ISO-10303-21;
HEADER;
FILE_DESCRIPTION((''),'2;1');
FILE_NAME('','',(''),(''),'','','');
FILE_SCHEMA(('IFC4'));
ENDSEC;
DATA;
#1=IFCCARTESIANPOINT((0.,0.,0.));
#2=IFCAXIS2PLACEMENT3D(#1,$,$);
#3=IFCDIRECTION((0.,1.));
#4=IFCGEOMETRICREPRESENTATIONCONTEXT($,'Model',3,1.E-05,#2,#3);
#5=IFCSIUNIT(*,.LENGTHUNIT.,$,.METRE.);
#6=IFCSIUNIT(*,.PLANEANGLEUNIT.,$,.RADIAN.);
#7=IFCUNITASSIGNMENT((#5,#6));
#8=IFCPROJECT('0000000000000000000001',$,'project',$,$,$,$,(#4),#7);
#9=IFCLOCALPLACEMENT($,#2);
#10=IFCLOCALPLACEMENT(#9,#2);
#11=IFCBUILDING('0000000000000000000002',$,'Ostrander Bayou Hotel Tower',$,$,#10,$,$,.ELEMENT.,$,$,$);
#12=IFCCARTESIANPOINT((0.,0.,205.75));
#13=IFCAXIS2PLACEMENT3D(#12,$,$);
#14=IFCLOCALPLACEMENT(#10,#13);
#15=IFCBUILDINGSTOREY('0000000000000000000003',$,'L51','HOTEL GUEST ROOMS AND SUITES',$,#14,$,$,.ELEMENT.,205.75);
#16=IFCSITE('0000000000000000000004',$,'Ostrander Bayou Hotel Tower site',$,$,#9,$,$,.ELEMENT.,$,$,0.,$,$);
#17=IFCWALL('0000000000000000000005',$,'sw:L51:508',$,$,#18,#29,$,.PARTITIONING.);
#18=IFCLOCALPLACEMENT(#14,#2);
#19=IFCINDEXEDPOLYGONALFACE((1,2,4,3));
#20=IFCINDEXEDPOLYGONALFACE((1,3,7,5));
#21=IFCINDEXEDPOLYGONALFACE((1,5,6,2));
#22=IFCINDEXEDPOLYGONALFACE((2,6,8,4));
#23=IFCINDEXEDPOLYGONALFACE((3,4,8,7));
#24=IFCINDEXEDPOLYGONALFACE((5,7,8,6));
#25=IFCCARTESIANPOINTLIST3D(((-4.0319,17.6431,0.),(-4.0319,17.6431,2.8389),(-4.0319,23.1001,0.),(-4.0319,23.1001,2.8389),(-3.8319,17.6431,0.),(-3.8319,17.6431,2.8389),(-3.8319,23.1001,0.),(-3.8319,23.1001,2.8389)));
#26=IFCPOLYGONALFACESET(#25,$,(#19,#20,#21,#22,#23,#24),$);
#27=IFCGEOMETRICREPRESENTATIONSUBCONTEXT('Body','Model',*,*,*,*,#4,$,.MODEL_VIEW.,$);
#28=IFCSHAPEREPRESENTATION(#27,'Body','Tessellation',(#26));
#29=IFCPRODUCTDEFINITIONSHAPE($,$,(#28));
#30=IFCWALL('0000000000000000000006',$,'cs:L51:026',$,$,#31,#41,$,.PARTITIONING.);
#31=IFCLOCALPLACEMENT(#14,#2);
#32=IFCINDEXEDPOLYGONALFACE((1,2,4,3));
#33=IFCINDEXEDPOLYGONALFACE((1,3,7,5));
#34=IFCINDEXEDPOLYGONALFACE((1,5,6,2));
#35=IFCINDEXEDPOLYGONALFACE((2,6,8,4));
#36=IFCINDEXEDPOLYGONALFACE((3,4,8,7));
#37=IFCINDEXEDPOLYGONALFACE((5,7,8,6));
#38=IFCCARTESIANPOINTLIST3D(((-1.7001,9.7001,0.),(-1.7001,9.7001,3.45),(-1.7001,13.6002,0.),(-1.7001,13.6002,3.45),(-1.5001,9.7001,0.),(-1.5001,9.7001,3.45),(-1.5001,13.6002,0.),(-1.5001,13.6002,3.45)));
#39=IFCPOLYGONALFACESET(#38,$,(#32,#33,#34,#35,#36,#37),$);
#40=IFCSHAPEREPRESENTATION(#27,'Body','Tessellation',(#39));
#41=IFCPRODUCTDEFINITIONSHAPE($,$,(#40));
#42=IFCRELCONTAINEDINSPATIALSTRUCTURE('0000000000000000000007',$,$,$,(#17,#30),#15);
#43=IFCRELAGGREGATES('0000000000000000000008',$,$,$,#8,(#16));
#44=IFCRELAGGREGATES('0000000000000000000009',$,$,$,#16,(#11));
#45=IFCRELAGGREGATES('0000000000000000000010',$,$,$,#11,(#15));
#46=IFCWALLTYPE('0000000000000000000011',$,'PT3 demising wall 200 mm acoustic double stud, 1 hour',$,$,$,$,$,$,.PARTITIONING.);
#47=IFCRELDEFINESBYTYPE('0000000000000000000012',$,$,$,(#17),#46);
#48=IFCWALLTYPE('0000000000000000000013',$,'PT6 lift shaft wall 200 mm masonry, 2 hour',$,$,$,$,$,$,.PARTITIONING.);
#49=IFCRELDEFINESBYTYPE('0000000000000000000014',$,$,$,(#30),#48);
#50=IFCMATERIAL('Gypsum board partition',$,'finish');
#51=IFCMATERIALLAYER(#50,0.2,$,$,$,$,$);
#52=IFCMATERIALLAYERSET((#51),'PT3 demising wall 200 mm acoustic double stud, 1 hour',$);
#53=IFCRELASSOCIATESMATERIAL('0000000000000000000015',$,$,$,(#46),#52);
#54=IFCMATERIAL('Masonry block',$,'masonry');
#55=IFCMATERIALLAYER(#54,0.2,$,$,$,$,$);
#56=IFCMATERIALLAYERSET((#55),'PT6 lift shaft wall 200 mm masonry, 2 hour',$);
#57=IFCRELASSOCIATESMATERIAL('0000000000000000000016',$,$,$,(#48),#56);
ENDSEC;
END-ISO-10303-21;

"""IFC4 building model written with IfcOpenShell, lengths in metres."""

from ifc_helpers import new_model, si_unit, direction, frame, frame_2d, origin, place, context, subcontext, project, spatial, rectangle, extrude, material, layer, layer_set, type_object, element, save


model = new_model("IFC4")

# Units and contexts
model_context = context("Model", 3, precision=1e-05, world=origin(), true_north=direction((0.0, 1.0)))
body_context = subcontext(model_context, "Body", "Model", "MODEL_VIEW")
ifc_project = project(units=[si_unit("LENGTHUNIT", "METRE"), si_unit("PLANEANGLEUNIT", "RADIAN")], contexts=[model_context])

# Site, building, storey
site_placement = place(None, origin())
site = spatial("IfcSite", under=ifc_project, at=site_placement, Name="Ostrander Bayou Hotel Tower site", CompositionType="ELEMENT", RefElevation=0.0)
building_placement = place(site_placement, origin())
building = spatial("IfcBuilding", under=site, at=building_placement, Name="Ostrander Bayou Hotel Tower", CompositionType="ELEMENT")
storey_placement = place(building_placement, frame((0.0, 0.0, 205.75)))
storey = spatial("IfcBuildingStorey", under=building, at=storey_placement, Name="L51", Description="HOTEL GUEST ROOMS AND SUITES", CompositionType="ELEMENT", Elevation=205.75)

# Wall
ifc_material_1 = material(Name="Gypsum board partition", Category="finish")
ifc_layer_1 = layer(ifc_material_1, 0.2)
ifc_layer_set_1 = layer_set([ifc_layer_1], Name="PT3 demising wall 200 mm acoustic double stud, 1 hour")
wall_type_1 = type_object("IfcWallType", Name="PT3 demising wall 200 mm acoustic double stud, 1 hour", PredefinedType="PARTITIONING", material=ifc_layer_set_1)
wall_1_placement = place(storey_placement, frame((-3.9319, 17.6431, 0.0), z_axis=(0.0, 0.0, 1.0), x_axis=(0.0, 1.0, 0.0)))
element("IfcWall", 1, at=wall_1_placement, inside=storey, type_object=wall_type_1, Name="sw:L51:508", PredefinedType="PARTITIONING", context=body_context, shape_type="SweptSolid", body=[
    extrude(rectangle(XDim=5.457, YDim=0.2, at=frame_2d((2.7285, 0.0))), origin(), (0.0, 0.0, 1.0), 2.8389),
])

# Wall
ifc_material_2 = material(Name="Masonry block", Category="masonry")
ifc_layer_2 = layer(ifc_material_2, 0.2)
ifc_layer_set_2 = layer_set([ifc_layer_2], Name="PT6 lift shaft wall 200 mm masonry, 2 hour")
wall_type_2 = type_object("IfcWallType", Name="PT6 lift shaft wall 200 mm masonry, 2 hour", PredefinedType="PARTITIONING", material=ifc_layer_set_2)
wall_2_placement = place(storey_placement, frame((-1.6001, 9.7, 0.0), z_axis=(0.0, 0.0, 1.0), x_axis=(0.0, 1.0, 0.0)))
element("IfcWall", 2, at=wall_2_placement, inside=storey, type_object=wall_type_2, Name="cs:L51:026", PredefinedType="PARTITIONING", context=body_context, shape_type="SweptSolid", body=[
    extrude(rectangle(XDim=3.9001, YDim=0.2, at=frame_2d((1.9502, 0.0))), origin(), (0.0, 0.0, 1.0), 3.45),
])

save(model, "model.ifc")
